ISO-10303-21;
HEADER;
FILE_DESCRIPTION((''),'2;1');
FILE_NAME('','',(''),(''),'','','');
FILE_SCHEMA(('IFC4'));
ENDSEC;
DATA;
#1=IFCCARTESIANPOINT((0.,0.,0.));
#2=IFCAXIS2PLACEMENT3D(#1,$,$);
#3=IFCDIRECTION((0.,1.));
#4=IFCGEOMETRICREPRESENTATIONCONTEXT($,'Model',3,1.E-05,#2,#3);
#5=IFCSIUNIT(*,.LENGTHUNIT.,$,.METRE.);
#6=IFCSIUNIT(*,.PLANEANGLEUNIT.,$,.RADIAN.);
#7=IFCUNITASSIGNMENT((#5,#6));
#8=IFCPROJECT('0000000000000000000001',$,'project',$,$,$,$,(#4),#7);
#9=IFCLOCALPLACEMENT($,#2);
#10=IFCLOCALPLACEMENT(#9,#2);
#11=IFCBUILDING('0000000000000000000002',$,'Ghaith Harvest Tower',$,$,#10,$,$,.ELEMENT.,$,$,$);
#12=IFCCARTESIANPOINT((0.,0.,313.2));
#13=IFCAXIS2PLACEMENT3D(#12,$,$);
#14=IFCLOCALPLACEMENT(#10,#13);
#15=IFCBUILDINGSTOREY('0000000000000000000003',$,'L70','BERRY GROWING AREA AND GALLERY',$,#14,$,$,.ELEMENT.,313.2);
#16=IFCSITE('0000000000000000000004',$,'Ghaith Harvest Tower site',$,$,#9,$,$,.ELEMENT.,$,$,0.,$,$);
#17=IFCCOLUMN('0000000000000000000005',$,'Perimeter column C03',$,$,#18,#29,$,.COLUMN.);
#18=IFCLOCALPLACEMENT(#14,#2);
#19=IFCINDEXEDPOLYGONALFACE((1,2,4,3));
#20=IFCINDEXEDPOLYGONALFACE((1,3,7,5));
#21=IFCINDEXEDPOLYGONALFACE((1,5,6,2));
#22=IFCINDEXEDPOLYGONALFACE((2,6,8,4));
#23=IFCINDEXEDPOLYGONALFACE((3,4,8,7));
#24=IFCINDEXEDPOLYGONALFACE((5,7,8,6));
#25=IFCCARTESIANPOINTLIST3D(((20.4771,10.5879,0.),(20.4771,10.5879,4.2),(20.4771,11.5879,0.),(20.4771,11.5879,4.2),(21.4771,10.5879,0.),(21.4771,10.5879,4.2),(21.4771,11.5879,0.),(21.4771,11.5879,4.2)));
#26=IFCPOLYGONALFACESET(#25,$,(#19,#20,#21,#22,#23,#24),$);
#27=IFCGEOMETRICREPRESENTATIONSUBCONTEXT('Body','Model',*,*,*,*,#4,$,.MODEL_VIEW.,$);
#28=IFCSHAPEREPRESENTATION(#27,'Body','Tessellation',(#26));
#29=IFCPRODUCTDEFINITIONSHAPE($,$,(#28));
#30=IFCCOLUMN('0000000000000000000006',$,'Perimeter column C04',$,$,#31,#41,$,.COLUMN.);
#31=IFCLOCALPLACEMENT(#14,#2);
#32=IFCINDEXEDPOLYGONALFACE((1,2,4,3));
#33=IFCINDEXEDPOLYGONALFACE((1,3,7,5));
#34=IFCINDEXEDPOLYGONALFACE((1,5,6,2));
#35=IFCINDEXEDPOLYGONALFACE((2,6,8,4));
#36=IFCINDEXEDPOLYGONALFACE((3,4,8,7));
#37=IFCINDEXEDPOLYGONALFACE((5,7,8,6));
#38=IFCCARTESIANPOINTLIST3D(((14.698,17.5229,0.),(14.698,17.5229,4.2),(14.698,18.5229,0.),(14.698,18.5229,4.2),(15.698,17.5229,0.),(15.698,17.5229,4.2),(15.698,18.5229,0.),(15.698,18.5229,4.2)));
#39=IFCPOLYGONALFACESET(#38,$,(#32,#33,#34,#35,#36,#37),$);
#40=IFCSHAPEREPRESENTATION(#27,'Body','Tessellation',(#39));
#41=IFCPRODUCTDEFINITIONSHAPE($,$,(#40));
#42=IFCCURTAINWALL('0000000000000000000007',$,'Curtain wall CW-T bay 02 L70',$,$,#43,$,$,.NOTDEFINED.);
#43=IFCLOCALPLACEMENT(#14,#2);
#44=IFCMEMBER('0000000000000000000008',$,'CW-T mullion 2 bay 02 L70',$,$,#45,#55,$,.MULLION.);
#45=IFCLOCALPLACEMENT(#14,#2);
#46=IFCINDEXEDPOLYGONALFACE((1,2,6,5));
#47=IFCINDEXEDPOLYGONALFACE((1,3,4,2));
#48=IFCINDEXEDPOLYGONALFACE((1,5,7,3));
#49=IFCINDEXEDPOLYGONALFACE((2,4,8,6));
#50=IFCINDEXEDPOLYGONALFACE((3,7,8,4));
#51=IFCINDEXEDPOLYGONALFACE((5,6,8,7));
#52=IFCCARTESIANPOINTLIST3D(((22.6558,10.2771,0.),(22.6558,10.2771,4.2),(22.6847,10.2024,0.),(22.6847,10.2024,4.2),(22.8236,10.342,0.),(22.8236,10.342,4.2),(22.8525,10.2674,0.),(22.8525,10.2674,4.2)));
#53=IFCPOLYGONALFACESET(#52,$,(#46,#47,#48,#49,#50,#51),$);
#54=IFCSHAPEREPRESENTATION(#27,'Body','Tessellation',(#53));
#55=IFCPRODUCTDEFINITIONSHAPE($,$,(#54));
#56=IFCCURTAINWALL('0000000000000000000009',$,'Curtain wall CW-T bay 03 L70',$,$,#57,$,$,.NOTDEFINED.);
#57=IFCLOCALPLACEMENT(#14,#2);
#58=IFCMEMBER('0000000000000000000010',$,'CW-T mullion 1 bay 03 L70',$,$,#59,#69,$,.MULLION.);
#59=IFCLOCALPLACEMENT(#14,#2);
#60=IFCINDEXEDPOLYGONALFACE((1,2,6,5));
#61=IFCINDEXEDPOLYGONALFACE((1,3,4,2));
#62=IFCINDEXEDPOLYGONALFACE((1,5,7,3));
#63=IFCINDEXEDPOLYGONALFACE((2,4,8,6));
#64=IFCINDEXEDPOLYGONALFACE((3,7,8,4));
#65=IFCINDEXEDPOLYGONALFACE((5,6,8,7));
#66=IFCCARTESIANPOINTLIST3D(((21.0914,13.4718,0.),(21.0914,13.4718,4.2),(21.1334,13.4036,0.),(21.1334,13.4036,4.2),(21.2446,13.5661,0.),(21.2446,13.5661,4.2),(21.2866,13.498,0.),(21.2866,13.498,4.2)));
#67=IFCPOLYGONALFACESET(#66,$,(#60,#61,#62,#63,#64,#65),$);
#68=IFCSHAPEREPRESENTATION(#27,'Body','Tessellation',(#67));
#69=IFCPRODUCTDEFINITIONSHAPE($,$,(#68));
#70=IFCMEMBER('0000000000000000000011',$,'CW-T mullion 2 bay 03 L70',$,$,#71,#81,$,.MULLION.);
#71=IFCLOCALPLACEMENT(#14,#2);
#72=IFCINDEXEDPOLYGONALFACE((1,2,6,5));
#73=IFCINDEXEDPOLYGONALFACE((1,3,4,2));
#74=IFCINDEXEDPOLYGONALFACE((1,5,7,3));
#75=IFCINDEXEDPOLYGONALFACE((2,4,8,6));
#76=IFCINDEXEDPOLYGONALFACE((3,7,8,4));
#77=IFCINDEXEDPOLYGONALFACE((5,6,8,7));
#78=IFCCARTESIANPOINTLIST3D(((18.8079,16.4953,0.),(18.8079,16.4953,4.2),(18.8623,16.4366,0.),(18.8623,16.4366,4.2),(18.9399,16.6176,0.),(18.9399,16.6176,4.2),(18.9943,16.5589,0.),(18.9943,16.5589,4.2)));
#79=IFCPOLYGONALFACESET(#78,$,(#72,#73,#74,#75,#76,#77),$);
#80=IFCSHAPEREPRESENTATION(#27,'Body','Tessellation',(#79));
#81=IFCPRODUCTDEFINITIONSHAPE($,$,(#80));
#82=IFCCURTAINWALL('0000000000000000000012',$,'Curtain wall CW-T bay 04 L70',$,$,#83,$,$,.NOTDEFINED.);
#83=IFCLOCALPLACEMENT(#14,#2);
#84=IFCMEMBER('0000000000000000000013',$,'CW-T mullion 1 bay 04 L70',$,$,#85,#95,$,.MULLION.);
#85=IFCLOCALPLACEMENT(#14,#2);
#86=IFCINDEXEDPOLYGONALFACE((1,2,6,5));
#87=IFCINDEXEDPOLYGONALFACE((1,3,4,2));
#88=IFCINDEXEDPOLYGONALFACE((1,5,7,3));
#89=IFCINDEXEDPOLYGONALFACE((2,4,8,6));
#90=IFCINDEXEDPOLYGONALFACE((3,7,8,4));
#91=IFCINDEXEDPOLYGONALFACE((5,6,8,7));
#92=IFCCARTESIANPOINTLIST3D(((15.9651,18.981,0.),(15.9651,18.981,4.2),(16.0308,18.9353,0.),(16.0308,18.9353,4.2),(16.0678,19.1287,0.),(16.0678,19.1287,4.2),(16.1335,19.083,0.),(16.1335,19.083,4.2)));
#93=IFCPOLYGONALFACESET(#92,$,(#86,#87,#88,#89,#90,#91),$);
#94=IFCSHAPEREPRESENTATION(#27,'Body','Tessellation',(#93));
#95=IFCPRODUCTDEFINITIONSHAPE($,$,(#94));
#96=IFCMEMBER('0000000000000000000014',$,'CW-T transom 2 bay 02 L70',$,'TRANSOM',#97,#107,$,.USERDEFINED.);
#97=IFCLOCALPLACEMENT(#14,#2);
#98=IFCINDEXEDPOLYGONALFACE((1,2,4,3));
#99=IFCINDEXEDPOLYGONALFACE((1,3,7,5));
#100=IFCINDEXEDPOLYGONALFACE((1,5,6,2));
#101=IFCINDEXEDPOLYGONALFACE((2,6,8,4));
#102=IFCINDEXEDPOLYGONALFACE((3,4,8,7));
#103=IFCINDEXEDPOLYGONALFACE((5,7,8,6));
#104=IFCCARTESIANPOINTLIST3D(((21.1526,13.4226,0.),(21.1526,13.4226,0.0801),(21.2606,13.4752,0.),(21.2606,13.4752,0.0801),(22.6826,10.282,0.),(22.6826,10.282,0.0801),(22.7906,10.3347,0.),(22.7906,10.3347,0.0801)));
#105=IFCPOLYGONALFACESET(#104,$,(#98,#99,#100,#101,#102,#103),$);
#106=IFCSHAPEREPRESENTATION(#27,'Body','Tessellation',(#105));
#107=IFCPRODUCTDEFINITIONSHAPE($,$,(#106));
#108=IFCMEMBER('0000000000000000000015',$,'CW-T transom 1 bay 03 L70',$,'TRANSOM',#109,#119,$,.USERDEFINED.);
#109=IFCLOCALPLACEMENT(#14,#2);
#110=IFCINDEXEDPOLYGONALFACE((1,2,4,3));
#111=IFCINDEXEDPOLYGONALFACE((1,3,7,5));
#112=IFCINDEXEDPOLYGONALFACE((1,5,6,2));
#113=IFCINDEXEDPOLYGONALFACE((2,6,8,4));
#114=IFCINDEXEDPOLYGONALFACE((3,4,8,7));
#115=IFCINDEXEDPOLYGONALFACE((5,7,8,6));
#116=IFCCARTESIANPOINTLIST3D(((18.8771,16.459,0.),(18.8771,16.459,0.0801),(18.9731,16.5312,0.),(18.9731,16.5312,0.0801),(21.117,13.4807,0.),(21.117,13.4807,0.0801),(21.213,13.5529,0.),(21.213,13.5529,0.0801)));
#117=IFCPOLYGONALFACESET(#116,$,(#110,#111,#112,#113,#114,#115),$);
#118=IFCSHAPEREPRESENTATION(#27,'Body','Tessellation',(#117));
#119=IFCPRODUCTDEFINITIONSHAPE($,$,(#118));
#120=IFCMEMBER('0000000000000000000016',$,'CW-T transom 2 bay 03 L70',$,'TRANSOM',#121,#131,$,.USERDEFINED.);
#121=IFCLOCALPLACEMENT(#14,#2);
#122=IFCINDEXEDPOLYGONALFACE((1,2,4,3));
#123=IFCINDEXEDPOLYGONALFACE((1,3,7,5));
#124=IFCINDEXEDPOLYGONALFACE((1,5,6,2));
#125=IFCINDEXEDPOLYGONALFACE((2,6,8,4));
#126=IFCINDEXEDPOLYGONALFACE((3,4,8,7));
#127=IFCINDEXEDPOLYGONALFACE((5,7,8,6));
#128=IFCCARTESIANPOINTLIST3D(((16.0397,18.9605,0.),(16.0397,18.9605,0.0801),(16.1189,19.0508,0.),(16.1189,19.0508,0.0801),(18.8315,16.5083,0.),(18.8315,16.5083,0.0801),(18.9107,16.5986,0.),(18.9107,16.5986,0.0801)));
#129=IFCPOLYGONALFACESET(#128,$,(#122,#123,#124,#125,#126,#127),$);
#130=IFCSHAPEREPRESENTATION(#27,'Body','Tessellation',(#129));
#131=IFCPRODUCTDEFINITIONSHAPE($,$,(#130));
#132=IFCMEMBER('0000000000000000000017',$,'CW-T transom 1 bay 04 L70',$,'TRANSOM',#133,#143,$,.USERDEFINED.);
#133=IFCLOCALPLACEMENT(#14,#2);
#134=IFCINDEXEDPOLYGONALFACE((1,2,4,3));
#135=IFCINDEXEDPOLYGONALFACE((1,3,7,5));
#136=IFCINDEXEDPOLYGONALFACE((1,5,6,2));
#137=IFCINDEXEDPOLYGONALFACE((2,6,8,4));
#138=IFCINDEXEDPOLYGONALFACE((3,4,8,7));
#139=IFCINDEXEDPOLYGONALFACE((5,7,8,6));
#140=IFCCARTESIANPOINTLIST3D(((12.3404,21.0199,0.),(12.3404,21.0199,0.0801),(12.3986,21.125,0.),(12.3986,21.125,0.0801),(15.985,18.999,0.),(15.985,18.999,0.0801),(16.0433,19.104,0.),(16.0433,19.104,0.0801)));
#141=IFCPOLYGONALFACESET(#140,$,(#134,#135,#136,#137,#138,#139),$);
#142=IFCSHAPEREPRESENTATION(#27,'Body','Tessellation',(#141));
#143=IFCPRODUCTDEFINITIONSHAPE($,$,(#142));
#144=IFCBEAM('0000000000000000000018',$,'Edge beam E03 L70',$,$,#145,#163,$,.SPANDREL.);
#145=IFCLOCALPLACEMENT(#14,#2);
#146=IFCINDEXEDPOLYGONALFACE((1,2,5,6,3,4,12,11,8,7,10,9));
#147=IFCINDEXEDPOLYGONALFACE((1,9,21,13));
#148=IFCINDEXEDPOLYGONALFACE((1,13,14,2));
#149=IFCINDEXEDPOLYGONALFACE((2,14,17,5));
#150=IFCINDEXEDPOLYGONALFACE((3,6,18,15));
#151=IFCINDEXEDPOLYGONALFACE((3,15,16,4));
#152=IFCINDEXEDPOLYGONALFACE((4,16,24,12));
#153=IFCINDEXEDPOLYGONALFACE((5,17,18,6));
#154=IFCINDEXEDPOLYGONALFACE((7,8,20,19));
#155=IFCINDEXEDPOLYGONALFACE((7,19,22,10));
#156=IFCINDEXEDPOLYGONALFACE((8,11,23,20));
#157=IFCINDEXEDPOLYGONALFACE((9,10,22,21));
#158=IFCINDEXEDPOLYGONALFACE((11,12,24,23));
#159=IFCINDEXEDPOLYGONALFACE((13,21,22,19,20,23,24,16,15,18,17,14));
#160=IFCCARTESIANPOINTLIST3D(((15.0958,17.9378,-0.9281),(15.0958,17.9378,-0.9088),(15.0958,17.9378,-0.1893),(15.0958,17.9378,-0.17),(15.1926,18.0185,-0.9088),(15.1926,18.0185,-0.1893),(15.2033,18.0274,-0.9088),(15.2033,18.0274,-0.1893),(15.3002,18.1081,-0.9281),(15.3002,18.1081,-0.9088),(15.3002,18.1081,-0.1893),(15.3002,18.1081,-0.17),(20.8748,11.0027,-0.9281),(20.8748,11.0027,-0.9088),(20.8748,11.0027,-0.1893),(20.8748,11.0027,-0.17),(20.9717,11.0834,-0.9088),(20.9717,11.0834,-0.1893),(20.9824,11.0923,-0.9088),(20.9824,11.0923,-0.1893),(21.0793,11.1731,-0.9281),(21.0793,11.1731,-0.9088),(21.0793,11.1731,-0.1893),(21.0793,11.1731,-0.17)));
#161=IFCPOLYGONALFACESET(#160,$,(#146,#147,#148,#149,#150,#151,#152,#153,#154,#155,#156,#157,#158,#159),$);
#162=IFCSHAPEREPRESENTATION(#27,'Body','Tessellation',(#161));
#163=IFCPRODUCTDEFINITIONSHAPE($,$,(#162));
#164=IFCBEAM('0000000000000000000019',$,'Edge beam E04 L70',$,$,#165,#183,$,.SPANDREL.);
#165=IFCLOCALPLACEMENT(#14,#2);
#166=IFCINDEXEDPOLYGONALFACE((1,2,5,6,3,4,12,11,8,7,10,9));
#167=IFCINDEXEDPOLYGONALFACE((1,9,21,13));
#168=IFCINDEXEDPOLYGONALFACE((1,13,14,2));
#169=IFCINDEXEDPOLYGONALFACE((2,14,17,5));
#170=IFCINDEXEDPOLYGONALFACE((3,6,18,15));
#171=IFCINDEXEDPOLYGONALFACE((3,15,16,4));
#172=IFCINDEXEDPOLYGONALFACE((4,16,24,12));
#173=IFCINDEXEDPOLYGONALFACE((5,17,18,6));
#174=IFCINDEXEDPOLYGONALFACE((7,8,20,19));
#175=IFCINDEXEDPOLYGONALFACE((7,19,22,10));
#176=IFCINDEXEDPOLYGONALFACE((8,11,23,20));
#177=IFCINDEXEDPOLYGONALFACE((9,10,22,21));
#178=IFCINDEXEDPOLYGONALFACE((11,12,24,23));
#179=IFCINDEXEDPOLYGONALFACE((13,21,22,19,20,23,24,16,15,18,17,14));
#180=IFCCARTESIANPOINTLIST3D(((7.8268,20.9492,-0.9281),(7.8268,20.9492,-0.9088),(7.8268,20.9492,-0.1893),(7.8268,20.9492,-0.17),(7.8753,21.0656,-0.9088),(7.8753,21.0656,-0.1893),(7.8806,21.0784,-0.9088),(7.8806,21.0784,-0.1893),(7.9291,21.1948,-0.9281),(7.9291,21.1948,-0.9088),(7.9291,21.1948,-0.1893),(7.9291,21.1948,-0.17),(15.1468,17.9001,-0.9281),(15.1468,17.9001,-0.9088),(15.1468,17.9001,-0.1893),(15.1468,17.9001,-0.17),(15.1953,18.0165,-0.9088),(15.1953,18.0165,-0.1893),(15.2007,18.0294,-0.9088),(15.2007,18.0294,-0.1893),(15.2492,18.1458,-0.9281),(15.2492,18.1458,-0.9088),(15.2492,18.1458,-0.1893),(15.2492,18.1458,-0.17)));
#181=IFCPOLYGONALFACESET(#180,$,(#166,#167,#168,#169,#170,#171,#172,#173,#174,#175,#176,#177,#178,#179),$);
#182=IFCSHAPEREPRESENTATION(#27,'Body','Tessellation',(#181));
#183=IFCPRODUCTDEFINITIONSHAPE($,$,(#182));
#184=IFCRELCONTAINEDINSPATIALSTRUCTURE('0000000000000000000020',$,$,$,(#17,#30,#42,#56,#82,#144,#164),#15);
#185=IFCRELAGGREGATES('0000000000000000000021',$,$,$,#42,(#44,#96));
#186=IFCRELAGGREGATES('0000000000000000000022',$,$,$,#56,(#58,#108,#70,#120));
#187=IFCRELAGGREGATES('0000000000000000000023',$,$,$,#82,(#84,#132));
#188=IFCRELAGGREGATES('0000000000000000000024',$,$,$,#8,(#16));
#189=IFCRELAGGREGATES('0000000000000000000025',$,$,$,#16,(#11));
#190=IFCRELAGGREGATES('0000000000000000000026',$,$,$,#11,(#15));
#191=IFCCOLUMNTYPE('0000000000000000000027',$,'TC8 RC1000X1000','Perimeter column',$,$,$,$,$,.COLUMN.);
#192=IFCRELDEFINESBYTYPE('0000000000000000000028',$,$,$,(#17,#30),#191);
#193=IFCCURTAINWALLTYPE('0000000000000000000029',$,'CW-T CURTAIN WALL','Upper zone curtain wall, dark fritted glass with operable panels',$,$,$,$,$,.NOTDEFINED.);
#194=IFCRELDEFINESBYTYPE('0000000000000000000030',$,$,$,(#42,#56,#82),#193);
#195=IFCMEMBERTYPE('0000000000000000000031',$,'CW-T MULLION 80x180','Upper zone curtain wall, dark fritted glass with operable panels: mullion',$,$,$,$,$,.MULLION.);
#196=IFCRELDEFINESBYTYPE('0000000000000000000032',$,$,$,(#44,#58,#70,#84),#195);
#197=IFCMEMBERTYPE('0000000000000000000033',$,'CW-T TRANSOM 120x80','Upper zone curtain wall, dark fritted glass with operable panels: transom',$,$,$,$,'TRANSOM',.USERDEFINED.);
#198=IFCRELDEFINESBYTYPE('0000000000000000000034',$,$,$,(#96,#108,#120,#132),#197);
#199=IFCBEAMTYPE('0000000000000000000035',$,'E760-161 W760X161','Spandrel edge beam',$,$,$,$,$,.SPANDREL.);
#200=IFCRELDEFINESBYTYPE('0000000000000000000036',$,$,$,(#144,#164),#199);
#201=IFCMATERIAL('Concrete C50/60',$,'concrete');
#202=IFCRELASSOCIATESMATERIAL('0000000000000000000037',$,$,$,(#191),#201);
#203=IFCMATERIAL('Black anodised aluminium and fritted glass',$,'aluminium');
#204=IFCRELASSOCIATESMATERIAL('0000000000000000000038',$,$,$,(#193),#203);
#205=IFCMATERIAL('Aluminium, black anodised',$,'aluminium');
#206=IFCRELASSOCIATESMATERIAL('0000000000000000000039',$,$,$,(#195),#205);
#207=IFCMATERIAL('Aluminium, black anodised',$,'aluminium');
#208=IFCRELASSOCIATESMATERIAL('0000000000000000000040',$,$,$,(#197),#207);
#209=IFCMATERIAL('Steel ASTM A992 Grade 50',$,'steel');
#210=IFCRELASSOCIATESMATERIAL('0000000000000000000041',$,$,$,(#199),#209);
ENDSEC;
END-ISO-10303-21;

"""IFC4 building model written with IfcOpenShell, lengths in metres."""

from ifc_helpers import new_model, si_unit, direction, frame, origin, origin_2d, place, context, subcontext, project, spatial, rectangle, i_section, extrude, material, material_profile, profile_set, type_object, element, aggregate, save


model = new_model("IFC4")

# Units and contexts
model_context = context("Model", 3, precision=1e-05, world=origin(), true_north=direction((0.0, 1.0)))
body_context = subcontext(model_context, "Body", "Model", "MODEL_VIEW")
ifc_project = project(units=[si_unit("LENGTHUNIT", "METRE"), si_unit("PLANEANGLEUNIT", "RADIAN")], contexts=[model_context])

# Site, building, storey
site_placement = place(None, origin())
site = spatial("IfcSite", under=ifc_project, at=site_placement, Name="Ghaith Harvest Tower site", CompositionType="ELEMENT", RefElevation=0.0)
building_placement = place(site_placement, origin())
building = spatial("IfcBuilding", under=site, at=building_placement, Name="Ghaith Harvest Tower", CompositionType="ELEMENT")
storey_placement = place(building_placement, frame((0.0, 0.0, 313.2)))
storey = spatial("IfcBuildingStorey", under=building, at=storey_placement, Name="L70", Description="BERRY GROWING AREA AND GALLERY", CompositionType="ELEMENT", Elevation=313.2)

# Columns
ifc_material_1 = material(Name="Concrete C50/60", Category="concrete")
ifc_material_profile_1 = material_profile(ifc_material_1, rectangle(XDim=1.0, YDim=1.0, at=origin_2d()), Name="RC1000X1000")
ifc_profile_set_1 = profile_set([ifc_material_profile_1], Name="Concrete C50/60")
column_type = type_object("IfcColumnType", Name="TC8 RC1000X1000", Description="Perimeter column", PredefinedType="COLUMN", material=ifc_profile_set_1)
for number, where, z_axis, x_axis, name in (
    (1, (20.9771, 11.0879, 0.0), (0.0, 0.0, 1.0), (1.0, 0.0, 0.0), "Perimeter column C03"),
    (2, (15.198, 18.0229, 0.0), (0.0, 0.0, 1.0), (1.0, 0.0, 0.0), "Perimeter column C04"),
):
    element("IfcColumn", number, at=place(storey_placement, frame(where, z_axis=z_axis, x_axis=x_axis)), inside=storey, type_object=column_type, Name=name, PredefinedType="COLUMN", context=body_context, shape_type="SweptSolid", body=[
        extrude(rectangle(XDim=1.0, YDim=1.0, at=origin_2d()), origin(), (0.0, 0.0, 1.0), 4.2),
    ])

# Curtain wall, member
ifc_material_2 = material(Name="Black anodised aluminium and fritted glass", Category="aluminium")
curtain_wall_type = type_object("IfcCurtainWallType", Name="CW-T CURTAIN WALL", Description="Upper zone curtain wall, dark fritted glass with operable panels", PredefinedType="NOTDEFINED", material=ifc_material_2)
curtain_wall_1_placement = place(storey_placement, origin())
curtain_wall_1 = element("IfcCurtainWall", 3, at=curtain_wall_1_placement, inside=storey, type_object=curtain_wall_type, Name="Curtain wall CW-T bay 02 L70", PredefinedType="NOTDEFINED")
ifc_material_3 = material(Name="Aluminium, black anodised", Category="aluminium")
ifc_material_profile_2 = material_profile(ifc_material_3, rectangle(XDim=0.0801, YDim=0.1799, at=origin_2d()), Name="CW-T MULLION 80x180")
ifc_profile_set_2 = profile_set([ifc_material_profile_2], Name="Aluminium, black anodised")
member_type_1 = type_object("IfcMemberType", Name="CW-T MULLION 80x180", Description="Upper zone curtain wall, dark fritted glass with operable panels: mullion", PredefinedType="MULLION", material=ifc_profile_set_2)
member_1_placement = place(storey_placement, frame((22.7542, 10.2722, 0.0), z_axis=(0.0, 0.0, 1.0), x_axis=(-0.361184, 0.932494, 0.0)))
member_1 = element("IfcMember", 4, at=member_1_placement, type_object=member_type_1, Name="CW-T mullion 2 bay 02 L70", PredefinedType="MULLION", context=body_context, shape_type="SweptSolid", body=[
    extrude(rectangle(XDim=0.0801, YDim=0.1799, at=origin_2d()), origin(), (0.0, 0.0, 1.0), 4.2),
])

# Curtain wall, members
curtain_wall_2_placement = place(storey_placement, origin())
curtain_wall_2 = element("IfcCurtainWall", 5, at=curtain_wall_2_placement, inside=storey, type_object=curtain_wall_type, Name="Curtain wall CW-T bay 03 L70", PredefinedType="NOTDEFINED")
member_2_placement = place(storey_placement, frame((21.189, 13.4849, 0.0), z_axis=(0.0, 0.0, 1.0), x_axis=(-0.524482, 0.851421, 0.0)))
member_2 = element("IfcMember", 6, at=member_2_placement, type_object=member_type_1, Name="CW-T mullion 1 bay 03 L70", PredefinedType="MULLION", context=body_context, shape_type="SweptSolid", body=[
    extrude(rectangle(XDim=0.0801, YDim=0.1799, at=origin_2d()), origin(), (0.0, 0.0, 1.0), 4.2),
])
member_3_placement = place(storey_placement, frame((18.9011, 16.5271, 0.0), z_axis=(0.0, 0.0, 1.0), x_axis=(-0.679661, 0.733526, 0.0)))
member_3 = element("IfcMember", 7, at=member_3_placement, type_object=member_type_1, Name="CW-T mullion 2 bay 03 L70", PredefinedType="MULLION", context=body_context, shape_type="SweptSolid", body=[
    extrude(rectangle(XDim=0.0801, YDim=0.1799, at=origin_2d()), origin(), (0.0, 0.0, 1.0), 4.2),
])

# Curtain wall, member
curtain_wall_3_placement = place(storey_placement, origin())
curtain_wall_3 = element("IfcCurtainWall", 8, at=curtain_wall_3_placement, inside=storey, type_object=curtain_wall_type, Name="Curtain wall CW-T bay 04 L70", PredefinedType="NOTDEFINED")
member_4_placement = place(storey_placement, frame((16.0493, 19.032, 0.0), z_axis=(0.0, 0.0, 1.0), x_axis=(-0.821112, 0.570767, 0.0)))
member_4 = element("IfcMember", 9, at=member_4_placement, type_object=member_type_1, Name="CW-T mullion 1 bay 04 L70", PredefinedType="MULLION", context=body_context, shape_type="SweptSolid", body=[
    extrude(rectangle(XDim=0.0801, YDim=0.1799, at=origin_2d()), origin(), (0.0, 0.0, 1.0), 4.2),
])

# Members
ifc_material_4 = material(Name="Aluminium, black anodised", Category="aluminium")
ifc_material_profile_3 = material_profile(ifc_material_4, rectangle(XDim=0.1201, YDim=0.0801, at=origin_2d()), Name="CW-T TRANSOM 120x80")
ifc_profile_set_3 = profile_set([ifc_material_profile_3], Name="Aluminium, black anodised")
member_type_2 = type_object("IfcMemberType", Name="CW-T TRANSOM 120x80", Description="Upper zone curtain wall, dark fritted glass with operable panels: transom", ElementType="TRANSOM", PredefinedType="USERDEFINED", material=ifc_profile_set_3)
member_5_placement = place(storey_placement, frame((22.7366, 10.3083, 0.04), z_axis=(-0.437965, 0.898992, 0.0), x_axis=(-0.898992, -0.437965, 0.0)))
member_5 = element("IfcMember", 10, at=member_5_placement, type_object=member_type_2, Name="CW-T transom 2 bay 02 L70", ObjectType="TRANSOM", PredefinedType="USERDEFINED", context=body_context, shape_type="SweptSolid", body=[
    extrude(rectangle(XDim=0.1201, YDim=0.0801, at=origin_2d()), origin(), (0.0, 0.0, 1.0), 3.4934),
])
member_6_placement = place(storey_placement, frame((21.165, 13.5168, 0.04), z_axis=(-0.601079, 0.79919, 0.0), x_axis=(-0.79919, -0.601079, 0.0)))
member_6 = element("IfcMember", 11, at=member_6_placement, type_object=member_type_2, Name="CW-T transom 1 bay 03 L70", ObjectType="TRANSOM", PredefinedType="USERDEFINED", context=body_context, shape_type="SweptSolid", body=[
    extrude(rectangle(XDim=0.1201, YDim=0.0801, at=origin_2d()), origin(), (0.0, 0.0, 1.0), 3.7266),
])
member_7_placement = place(storey_placement, frame((18.8711, 16.5535, 0.04), z_axis=(-0.751326, 0.659931, 0.0), x_axis=(-0.659931, -0.751326, 0.0)))
member_7 = element("IfcMember", 12, at=member_7_placement, type_object=member_type_2, Name="CW-T transom 2 bay 03 L70", ObjectType="TRANSOM", PredefinedType="USERDEFINED", context=body_context, shape_type="SweptSolid", body=[
    extrude(rectangle(XDim=0.1201, YDim=0.0801, at=origin_2d()), origin(), (0.0, 0.0, 1.0), 3.7158),
])
member_8_placement = place(storey_placement, frame((16.0142, 19.0515, 0.04), z_axis=(-0.874552, 0.484932, 0.0), x_axis=(-0.484932, -0.874552, 0.0)))
member_8 = element("IfcMember", 13, at=member_8_placement, type_object=member_type_2, Name="CW-T transom 1 bay 04 L70", ObjectType="TRANSOM", PredefinedType="USERDEFINED", context=body_context, shape_type="SweptSolid", body=[
    extrude(rectangle(XDim=0.1201, YDim=0.0801, at=origin_2d()), origin(), (0.0, 0.0, 1.0), 4.1675),
])

# Beams
ifc_material_5 = material(Name="Steel ASTM A992 Grade 50", Category="steel")
ifc_material_profile_4 = material_profile(ifc_material_5, i_section(OverallWidth=0.2661, OverallDepth=0.7581, WebThickness=0.0139, FlangeThickness=0.0193, at=origin_2d()), Name="W760X161")
ifc_profile_set_4 = profile_set([ifc_material_profile_4], Name="Steel ASTM A992 Grade 50")
beam_type_1 = type_object("IfcBeamType", Name="E760-161 W760X161", Description="Spandrel edge beam", PredefinedType="SPANDREL", material=ifc_profile_set_4)
beam_1_placement = place(storey_placement, frame((20.9771, 11.0879, -0.5491), z_axis=(-0.640174, 0.76823, 0.0), x_axis=(-0.76823, -0.640174, 0.0)))
element("IfcBeam", 14, at=beam_1_placement, inside=storey, type_object=beam_type_1, Name="Edge beam E03 L70", PredefinedType="SPANDREL", context=body_context, shape_type="SweptSolid", body=[
    extrude(i_section(OverallWidth=0.2661, OverallDepth=0.7581, WebThickness=0.0139, FlangeThickness=0.0193, at=origin_2d()), origin(), (0.0, 0.0, 1.0), 9.0273),
])
beam_2_placement = place(storey_placement, frame((15.198, 18.0229, -0.5491), z_axis=(-0.92312, 0.384513, 0.0), x_axis=(-0.384513, -0.92312, 0.0)))
element("IfcBeam", 15, at=beam_2_placement, inside=storey, type_object=beam_type_1, Name="Edge beam E04 L70", PredefinedType="SPANDREL", context=body_context, shape_type="SweptSolid", body=[
    extrude(i_section(OverallWidth=0.2661, OverallDepth=0.7581, WebThickness=0.0139, FlangeThickness=0.0193, at=origin_2d()), origin(), (0.0, 0.0, 1.0), 7.9297),
])

aggregate(curtain_wall_1, [member_1, member_5])
aggregate(curtain_wall_2, [member_2, member_6, member_3, member_7])
aggregate(curtain_wall_3, [member_4, member_8])

save(model, "model.ifc")
